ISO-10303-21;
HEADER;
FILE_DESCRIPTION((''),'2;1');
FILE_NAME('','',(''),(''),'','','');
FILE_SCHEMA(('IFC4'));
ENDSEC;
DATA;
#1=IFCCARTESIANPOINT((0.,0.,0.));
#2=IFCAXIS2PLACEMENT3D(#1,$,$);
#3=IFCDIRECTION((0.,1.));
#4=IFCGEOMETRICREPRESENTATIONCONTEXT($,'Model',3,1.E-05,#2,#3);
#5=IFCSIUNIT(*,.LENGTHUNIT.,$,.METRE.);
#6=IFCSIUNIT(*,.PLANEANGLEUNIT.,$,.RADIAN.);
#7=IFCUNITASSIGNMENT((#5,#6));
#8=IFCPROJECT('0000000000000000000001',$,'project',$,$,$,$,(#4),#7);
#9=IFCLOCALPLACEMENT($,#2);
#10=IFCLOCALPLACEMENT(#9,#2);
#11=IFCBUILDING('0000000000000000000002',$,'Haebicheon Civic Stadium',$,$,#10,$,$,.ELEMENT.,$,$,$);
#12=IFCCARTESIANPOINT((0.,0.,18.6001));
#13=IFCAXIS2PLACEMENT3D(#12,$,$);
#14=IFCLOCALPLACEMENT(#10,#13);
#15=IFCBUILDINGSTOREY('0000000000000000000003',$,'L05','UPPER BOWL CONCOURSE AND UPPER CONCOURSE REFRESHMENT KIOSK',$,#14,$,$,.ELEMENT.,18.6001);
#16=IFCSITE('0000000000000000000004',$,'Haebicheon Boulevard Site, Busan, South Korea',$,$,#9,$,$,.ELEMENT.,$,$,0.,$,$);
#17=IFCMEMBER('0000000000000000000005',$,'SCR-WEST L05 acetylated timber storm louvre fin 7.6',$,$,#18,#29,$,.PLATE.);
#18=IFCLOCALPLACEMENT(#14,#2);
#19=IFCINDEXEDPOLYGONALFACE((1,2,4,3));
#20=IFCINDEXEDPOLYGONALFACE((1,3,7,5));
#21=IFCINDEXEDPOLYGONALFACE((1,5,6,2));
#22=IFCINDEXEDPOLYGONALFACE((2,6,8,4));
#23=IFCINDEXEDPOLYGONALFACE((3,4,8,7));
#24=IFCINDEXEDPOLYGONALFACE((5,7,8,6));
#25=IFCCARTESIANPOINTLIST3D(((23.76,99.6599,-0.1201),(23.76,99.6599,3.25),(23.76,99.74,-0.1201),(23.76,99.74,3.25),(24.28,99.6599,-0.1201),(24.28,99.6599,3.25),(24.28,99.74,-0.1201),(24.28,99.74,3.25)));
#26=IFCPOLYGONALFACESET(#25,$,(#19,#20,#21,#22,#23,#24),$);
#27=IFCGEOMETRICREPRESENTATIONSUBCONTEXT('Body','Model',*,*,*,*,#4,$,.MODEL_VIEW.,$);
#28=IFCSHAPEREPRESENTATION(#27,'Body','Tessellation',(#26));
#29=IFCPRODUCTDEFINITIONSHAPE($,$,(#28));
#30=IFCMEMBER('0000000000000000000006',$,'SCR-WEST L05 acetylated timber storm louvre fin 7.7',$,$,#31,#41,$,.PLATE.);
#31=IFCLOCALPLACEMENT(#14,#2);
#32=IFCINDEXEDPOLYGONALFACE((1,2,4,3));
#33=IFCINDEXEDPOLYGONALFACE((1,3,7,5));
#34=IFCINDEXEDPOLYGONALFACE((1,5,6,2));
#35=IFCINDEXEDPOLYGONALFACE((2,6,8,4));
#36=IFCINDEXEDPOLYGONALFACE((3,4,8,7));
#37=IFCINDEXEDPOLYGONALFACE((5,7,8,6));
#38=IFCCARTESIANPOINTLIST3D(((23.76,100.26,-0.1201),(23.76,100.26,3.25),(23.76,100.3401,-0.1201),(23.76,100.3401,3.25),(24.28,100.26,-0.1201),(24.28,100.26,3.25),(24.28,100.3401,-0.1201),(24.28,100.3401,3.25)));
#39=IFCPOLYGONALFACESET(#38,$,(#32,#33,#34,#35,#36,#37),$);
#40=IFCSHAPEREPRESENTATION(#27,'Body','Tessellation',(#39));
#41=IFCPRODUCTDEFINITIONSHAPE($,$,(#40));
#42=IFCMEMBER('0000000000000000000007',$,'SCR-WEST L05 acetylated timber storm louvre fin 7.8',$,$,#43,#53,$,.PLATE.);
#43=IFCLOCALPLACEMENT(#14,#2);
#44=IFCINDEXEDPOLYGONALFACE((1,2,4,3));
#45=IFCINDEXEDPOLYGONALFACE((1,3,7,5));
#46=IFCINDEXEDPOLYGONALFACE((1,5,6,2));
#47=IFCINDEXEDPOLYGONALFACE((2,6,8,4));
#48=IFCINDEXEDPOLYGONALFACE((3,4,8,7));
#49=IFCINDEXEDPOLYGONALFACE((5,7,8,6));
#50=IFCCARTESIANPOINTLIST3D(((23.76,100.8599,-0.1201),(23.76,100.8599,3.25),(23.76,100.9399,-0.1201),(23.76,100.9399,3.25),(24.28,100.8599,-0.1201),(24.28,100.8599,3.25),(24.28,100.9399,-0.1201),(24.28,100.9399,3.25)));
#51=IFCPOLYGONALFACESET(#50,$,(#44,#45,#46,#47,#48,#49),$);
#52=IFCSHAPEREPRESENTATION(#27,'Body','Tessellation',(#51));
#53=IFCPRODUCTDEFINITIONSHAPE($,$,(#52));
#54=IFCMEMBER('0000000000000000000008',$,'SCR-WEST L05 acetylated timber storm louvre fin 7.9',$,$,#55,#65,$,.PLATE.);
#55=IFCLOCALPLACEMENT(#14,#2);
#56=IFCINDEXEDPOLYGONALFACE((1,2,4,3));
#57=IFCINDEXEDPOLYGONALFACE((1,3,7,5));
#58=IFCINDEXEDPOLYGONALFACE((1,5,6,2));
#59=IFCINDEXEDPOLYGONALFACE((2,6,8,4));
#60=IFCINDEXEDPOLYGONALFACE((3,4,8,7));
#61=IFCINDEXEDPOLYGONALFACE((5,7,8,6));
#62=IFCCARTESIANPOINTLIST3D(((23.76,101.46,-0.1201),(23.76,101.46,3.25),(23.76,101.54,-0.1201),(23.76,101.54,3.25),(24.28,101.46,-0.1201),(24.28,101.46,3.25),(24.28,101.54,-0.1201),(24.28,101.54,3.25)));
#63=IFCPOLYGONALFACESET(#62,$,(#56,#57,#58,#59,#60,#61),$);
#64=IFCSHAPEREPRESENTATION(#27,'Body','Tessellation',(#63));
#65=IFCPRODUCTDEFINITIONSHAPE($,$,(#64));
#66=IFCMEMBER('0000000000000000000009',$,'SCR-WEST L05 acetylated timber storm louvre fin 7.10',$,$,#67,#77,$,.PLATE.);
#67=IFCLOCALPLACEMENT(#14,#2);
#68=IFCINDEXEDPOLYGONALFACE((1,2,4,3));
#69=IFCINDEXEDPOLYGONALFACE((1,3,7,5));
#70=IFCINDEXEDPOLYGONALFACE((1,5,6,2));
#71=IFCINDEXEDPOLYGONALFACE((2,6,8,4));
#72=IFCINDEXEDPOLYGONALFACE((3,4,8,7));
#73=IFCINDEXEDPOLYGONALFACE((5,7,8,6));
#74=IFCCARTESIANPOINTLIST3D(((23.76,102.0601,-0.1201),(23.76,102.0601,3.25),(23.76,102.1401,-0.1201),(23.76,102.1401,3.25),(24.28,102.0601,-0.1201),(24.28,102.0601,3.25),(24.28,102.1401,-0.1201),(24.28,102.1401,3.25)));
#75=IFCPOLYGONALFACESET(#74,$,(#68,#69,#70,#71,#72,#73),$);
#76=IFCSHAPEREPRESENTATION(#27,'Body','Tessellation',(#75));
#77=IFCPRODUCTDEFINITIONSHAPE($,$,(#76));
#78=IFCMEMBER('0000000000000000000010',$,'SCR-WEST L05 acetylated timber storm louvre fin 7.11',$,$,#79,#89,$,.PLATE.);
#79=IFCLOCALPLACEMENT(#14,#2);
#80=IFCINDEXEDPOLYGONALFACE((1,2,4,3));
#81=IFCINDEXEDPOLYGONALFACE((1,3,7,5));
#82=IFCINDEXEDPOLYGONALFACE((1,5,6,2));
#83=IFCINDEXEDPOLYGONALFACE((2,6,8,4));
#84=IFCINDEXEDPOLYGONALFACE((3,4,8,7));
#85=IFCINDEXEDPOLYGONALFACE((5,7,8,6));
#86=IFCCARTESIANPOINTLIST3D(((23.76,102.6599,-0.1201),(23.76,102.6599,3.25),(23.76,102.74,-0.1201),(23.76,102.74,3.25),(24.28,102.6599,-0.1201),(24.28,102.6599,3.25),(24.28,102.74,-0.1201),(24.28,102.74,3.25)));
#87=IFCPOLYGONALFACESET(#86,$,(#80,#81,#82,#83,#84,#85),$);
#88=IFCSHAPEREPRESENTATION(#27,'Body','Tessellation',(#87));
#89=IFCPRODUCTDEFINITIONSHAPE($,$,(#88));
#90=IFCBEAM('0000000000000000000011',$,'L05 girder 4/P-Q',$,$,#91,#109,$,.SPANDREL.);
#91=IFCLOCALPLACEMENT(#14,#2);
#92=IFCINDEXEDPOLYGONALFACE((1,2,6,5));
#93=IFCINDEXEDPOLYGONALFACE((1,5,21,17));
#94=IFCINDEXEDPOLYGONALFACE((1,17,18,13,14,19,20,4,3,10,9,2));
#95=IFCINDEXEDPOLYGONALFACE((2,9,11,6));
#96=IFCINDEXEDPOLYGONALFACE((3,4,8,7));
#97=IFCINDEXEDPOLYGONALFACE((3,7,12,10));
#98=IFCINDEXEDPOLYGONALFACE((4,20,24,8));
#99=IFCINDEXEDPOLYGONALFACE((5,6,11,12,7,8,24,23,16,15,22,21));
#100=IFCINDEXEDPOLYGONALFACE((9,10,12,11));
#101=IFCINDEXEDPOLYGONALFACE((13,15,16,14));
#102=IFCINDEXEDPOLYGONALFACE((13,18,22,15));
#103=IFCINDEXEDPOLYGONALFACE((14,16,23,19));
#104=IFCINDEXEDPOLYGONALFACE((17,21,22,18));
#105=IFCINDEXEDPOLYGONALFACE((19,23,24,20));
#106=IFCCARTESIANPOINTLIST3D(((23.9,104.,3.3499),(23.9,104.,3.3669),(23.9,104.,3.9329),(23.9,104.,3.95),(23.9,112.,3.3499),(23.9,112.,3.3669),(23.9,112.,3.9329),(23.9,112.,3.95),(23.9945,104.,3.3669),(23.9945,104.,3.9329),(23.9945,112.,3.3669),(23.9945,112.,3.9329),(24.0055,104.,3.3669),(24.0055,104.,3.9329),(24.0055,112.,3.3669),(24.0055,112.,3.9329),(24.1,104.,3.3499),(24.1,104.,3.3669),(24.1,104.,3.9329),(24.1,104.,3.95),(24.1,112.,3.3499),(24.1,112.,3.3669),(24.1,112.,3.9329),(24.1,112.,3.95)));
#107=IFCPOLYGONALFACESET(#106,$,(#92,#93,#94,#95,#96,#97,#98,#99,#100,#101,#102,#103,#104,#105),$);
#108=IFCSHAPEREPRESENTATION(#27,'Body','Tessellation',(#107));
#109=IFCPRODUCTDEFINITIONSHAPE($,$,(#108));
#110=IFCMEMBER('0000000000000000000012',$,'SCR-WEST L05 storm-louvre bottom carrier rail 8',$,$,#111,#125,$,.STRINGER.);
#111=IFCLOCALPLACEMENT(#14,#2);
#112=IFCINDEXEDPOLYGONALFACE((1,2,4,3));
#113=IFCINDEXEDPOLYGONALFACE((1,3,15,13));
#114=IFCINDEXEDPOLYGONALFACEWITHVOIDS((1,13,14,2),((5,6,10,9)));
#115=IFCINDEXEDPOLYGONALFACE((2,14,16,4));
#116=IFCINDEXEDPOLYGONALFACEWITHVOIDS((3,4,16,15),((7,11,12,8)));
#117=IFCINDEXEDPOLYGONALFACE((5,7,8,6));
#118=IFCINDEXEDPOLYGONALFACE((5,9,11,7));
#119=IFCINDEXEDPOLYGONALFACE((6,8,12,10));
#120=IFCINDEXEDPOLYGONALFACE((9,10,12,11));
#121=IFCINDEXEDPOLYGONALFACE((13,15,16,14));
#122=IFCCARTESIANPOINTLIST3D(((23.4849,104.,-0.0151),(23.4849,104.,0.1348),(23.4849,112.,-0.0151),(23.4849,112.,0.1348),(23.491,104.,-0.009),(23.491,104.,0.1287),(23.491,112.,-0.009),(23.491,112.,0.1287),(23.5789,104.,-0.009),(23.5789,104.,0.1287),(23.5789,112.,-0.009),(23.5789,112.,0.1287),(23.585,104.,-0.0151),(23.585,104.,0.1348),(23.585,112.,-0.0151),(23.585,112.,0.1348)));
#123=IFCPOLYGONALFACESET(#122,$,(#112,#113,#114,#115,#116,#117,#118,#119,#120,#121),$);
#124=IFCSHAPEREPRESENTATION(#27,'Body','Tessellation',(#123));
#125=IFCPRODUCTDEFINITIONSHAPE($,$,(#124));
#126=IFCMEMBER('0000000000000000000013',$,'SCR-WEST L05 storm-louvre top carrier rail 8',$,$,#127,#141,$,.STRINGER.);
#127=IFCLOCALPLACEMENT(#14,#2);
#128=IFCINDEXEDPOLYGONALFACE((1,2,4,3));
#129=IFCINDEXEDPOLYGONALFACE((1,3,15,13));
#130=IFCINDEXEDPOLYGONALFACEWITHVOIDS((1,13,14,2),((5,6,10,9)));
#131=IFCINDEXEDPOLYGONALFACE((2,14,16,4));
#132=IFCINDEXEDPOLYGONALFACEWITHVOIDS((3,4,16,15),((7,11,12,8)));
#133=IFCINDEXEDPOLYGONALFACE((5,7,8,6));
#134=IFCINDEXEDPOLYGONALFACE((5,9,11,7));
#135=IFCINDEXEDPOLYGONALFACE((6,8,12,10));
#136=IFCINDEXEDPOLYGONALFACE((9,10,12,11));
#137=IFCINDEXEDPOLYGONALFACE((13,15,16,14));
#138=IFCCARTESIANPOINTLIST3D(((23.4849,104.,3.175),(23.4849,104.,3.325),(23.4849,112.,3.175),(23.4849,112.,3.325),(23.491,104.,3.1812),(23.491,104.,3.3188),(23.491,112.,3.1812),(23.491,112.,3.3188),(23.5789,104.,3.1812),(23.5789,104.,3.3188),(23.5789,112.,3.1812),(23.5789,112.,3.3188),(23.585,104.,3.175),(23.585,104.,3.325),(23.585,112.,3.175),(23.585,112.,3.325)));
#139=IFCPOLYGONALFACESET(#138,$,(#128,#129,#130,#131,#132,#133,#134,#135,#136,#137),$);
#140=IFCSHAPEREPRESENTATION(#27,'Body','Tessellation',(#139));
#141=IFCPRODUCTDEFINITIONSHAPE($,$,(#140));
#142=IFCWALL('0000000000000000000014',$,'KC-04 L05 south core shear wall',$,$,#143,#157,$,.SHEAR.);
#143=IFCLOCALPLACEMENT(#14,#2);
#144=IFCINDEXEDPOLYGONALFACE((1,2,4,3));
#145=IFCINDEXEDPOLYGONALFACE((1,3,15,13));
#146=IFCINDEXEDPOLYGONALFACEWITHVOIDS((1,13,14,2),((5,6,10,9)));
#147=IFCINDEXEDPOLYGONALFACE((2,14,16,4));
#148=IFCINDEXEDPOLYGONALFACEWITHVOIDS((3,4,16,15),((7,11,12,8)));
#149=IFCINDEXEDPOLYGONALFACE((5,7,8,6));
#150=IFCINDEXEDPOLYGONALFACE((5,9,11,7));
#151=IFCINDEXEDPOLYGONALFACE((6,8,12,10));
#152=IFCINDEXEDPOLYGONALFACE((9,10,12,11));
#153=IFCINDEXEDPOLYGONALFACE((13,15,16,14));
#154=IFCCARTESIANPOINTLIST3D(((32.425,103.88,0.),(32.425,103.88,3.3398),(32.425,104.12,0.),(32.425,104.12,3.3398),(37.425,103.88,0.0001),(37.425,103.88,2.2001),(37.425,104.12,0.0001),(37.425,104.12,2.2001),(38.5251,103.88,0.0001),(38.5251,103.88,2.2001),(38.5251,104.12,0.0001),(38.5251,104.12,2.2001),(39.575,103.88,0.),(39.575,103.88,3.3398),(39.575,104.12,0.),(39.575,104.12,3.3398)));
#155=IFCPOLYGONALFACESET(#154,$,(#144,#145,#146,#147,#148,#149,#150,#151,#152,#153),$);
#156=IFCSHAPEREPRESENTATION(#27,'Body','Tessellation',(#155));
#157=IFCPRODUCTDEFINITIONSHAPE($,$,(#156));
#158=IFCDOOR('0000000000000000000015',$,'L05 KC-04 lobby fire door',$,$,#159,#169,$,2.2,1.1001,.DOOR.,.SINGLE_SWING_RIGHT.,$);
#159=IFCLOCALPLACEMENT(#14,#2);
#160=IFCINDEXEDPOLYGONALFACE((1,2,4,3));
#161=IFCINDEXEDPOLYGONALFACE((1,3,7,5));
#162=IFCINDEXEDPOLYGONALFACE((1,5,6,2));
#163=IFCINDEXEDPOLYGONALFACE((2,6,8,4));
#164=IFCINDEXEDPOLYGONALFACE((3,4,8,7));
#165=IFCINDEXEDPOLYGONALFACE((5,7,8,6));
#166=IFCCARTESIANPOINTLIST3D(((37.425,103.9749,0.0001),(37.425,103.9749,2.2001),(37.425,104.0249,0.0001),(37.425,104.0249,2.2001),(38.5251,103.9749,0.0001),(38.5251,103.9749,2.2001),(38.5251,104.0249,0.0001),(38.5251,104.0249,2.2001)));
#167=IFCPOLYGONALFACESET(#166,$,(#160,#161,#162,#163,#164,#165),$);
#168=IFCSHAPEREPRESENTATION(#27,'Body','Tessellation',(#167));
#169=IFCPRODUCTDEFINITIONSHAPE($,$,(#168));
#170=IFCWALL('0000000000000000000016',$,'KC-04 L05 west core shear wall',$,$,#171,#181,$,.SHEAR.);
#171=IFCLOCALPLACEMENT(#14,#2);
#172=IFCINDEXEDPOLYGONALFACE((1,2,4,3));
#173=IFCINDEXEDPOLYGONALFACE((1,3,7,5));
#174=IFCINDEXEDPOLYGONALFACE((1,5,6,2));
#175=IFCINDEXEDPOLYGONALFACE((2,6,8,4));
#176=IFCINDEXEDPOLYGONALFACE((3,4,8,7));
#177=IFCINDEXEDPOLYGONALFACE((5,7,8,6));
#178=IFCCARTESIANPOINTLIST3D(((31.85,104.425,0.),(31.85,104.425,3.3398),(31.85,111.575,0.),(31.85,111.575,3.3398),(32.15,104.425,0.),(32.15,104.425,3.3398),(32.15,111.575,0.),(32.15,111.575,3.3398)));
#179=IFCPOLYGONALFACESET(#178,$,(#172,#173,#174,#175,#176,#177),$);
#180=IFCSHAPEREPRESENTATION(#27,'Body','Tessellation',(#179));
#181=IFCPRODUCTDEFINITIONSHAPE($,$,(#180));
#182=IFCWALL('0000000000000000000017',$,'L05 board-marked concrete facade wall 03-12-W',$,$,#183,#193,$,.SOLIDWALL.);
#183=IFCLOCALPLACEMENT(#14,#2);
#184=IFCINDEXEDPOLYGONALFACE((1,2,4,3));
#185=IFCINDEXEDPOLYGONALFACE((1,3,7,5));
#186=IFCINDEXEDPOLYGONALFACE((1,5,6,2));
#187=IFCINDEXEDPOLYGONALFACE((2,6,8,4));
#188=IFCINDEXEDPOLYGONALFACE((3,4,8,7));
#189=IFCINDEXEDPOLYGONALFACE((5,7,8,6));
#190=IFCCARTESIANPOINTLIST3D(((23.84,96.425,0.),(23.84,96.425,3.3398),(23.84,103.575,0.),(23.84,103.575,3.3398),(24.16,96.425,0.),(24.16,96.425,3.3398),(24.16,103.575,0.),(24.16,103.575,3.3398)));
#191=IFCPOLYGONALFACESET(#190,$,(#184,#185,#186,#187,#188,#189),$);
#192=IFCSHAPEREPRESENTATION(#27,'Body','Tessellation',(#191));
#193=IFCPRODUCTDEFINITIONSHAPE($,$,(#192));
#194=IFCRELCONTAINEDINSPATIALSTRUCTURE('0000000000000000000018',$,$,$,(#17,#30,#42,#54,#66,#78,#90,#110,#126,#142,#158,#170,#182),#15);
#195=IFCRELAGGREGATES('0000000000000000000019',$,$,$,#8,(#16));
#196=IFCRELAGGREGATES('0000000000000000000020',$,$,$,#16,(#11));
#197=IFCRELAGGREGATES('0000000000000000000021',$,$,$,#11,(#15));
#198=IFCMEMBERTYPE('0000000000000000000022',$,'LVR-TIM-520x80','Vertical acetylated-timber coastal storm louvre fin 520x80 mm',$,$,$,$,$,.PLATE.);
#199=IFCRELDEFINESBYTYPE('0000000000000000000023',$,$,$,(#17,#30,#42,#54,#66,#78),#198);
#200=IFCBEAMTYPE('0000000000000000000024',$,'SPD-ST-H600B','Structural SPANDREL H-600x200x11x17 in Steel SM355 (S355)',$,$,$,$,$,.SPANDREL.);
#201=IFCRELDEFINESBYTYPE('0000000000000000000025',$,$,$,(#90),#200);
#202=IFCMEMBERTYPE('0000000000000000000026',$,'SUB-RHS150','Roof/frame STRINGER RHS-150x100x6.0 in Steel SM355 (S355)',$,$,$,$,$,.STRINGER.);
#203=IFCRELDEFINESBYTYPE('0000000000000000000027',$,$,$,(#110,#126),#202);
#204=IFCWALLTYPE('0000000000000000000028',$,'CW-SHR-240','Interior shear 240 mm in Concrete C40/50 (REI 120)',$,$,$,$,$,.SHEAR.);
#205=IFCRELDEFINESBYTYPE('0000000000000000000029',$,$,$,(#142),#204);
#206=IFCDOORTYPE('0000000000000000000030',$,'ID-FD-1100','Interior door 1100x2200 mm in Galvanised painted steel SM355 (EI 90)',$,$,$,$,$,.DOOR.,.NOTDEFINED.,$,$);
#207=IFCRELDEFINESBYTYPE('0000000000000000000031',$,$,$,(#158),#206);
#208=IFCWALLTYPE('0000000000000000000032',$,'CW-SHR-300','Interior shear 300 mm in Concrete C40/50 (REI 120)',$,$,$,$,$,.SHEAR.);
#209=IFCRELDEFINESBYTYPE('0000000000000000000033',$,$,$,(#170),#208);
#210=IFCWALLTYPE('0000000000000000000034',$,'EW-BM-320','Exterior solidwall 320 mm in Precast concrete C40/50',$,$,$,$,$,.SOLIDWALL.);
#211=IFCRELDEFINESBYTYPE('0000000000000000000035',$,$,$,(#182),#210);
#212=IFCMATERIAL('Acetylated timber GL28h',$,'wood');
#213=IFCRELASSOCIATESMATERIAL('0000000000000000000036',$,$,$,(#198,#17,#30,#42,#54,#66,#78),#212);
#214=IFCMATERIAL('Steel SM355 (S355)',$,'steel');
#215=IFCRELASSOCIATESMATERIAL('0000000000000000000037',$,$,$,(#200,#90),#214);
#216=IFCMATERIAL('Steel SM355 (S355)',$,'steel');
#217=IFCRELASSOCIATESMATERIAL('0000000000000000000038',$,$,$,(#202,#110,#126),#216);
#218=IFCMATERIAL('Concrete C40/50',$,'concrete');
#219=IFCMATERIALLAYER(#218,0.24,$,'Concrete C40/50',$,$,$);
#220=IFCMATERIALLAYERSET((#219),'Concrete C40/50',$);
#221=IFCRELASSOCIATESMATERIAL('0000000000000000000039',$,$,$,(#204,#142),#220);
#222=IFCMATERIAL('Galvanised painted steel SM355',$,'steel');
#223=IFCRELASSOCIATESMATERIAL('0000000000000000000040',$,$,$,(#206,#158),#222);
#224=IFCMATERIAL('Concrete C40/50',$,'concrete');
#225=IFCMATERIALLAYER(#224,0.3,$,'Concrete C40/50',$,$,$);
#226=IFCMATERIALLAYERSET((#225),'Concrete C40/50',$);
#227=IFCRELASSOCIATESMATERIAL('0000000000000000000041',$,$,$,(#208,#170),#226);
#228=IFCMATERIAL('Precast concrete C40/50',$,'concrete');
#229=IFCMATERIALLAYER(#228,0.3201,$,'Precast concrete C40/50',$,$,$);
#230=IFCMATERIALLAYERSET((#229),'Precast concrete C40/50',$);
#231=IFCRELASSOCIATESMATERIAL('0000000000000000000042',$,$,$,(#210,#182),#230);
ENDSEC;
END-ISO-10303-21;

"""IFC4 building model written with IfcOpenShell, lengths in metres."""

from ifc_helpers import new_model, si_unit, direction, frame, frame_2d, origin, origin_2d, place, context, subcontext, project, spatial, rectangle, hollow_rectangle, i_section, extrude, material, layer, layer_set, material_profile, profile_set, type_object, element, fill, save


model = new_model("IFC4")

# Units and contexts
model_context = context("Model", 3, precision=1e-05, world=origin(), true_north=direction((0.0, 1.0)))
body_context = subcontext(model_context, "Body", "Model", "MODEL_VIEW")
ifc_project = project(units=[si_unit("LENGTHUNIT", "METRE"), si_unit("PLANEANGLEUNIT", "RADIAN")], contexts=[model_context])

# Site, building, storey
site_placement = place(None, origin())
site = spatial("IfcSite", under=ifc_project, at=site_placement, Name="Haebicheon Boulevard Site, Busan, South Korea", CompositionType="ELEMENT", RefElevation=0.0)
building_placement = place(site_placement, origin())
building = spatial("IfcBuilding", under=site, at=building_placement, Name="Haebicheon Civic Stadium", CompositionType="ELEMENT")
storey_placement = place(building_placement, frame((0.0, 0.0, 18.6001)))
storey = spatial("IfcBuildingStorey", under=building, at=storey_placement, Name="L05", Description="UPPER BOWL CONCOURSE AND UPPER CONCOURSE REFRESHMENT KIOSK", CompositionType="ELEMENT", Elevation=18.6001)

# Members
ifc_material_1 = material(Name="Acetylated timber GL28h", Category="wood")
ifc_material_profile_1 = material_profile(ifc_material_1, rectangle(XDim=0.0801, YDim=0.52, at=origin_2d()), Name="TMB-LOUV-80x520")
ifc_profile_set_1 = profile_set([ifc_material_profile_1], Name="Acetylated timber GL28h")
member_type_1 = type_object("IfcMemberType", Name="LVR-TIM-520x80", Description="Vertical acetylated-timber coastal storm louvre fin 520x80 mm", PredefinedType="PLATE", material=ifc_profile_set_1)
for number, where, z_axis, x_axis, name in (
    (1, (24.02, 99.7, -0.1201), (0.0, 0.0, 1.0), (0.0, 1.0, 0.0), "SCR-WEST L05 acetylated timber storm louvre fin 7.6"),
    (2, (24.02, 100.3, -0.1201), (0.0, 0.0, 1.0), (0.0, 1.0, 0.0), "SCR-WEST L05 acetylated timber storm louvre fin 7.7"),
    (3, (24.02, 100.8999, -0.1201), (0.0, 0.0, 1.0), (0.0, 1.0, 0.0), "SCR-WEST L05 acetylated timber storm louvre fin 7.8"),
    (4, (24.02, 101.5, -0.1201), (0.0, 0.0, 1.0), (0.0, 1.0, 0.0), "SCR-WEST L05 acetylated timber storm louvre fin 7.9"),
    (5, (24.02, 102.1001, -0.1201), (0.0, 0.0, 1.0), (0.0, 1.0, 0.0), "SCR-WEST L05 acetylated timber storm louvre fin 7.10"),
    (6, (24.02, 102.7, -0.1201), (0.0, 0.0, 1.0), (0.0, 1.0, 0.0), "SCR-WEST L05 acetylated timber storm louvre fin 7.11"),
):
    element("IfcMember", number, at=place(storey_placement, frame(where, z_axis=z_axis, x_axis=x_axis)), inside=storey, type_object=member_type_1, material=ifc_profile_set_1, Name=name, PredefinedType="PLATE", context=body_context, shape_type="SweptSolid", body=[
        extrude(rectangle(XDim=0.0801, YDim=0.52, at=origin_2d()), origin(), (0.0, 0.0, 1.0), 3.3701),
    ])

# Beam
ifc_material_2 = material(Name="Steel SM355 (S355)", Category="steel")
ifc_material_profile_2 = material_profile(ifc_material_2, i_section(OverallWidth=0.2, OverallDepth=0.6001, WebThickness=0.011, FlangeThickness=0.0171, at=origin_2d()), Name="H-600x200x11x17")
ifc_profile_set_2 = profile_set([ifc_material_profile_2], Name="Steel SM355 (S355)")
beam_type_1 = type_object("IfcBeamType", Name="SPD-ST-H600B", Description="Structural SPANDREL H-600x200x11x17 in Steel SM355 (S355)", PredefinedType="SPANDREL", material=ifc_profile_set_2)
beam_1_placement = place(storey_placement, frame((24.0, 104.0, 3.6499), z_axis=(0.0, 1.0, 0.0), x_axis=(-1.0, 0.0, 0.0)))
element("IfcBeam", 7, at=beam_1_placement, inside=storey, type_object=beam_type_1, material=ifc_profile_set_2, Name="L05 girder 4/P-Q", PredefinedType="SPANDREL", context=body_context, shape_type="SweptSolid", body=[
    extrude(i_section(OverallWidth=0.2, OverallDepth=0.6001, WebThickness=0.011, FlangeThickness=0.0171, at=origin_2d()), origin(), (0.0, 0.0, 1.0), 8.0),
])

# Members
ifc_material_3 = material(Name="Steel SM355 (S355)", Category="steel")
ifc_material_profile_3 = material_profile(ifc_material_3, hollow_rectangle(XDim=0.1001, YDim=0.1499, WallThickness=0.0061, at=origin_2d()), Name="RHS-150x100x6.0")
ifc_profile_set_3 = profile_set([ifc_material_profile_3], Name="Steel SM355 (S355)")
member_type_2 = type_object("IfcMemberType", Name="SUB-RHS150", Description="Roof/frame STRINGER RHS-150x100x6.0 in Steel SM355 (S355)", PredefinedType="STRINGER", material=ifc_profile_set_3)
for number, where, z_axis, x_axis, name in (
    (8, (23.5349, 104.0, 0.0598), (0.0, 1.0, 0.0), (-1.0, 0.0, 0.0), "SCR-WEST L05 storm-louvre bottom carrier rail 8"),
    (9, (23.5349, 104.0, 3.25), (0.0, 1.0, 0.0), (-1.0, 0.0, 0.0), "SCR-WEST L05 storm-louvre top carrier rail 8"),
):
    element("IfcMember", number, at=place(storey_placement, frame(where, z_axis=z_axis, x_axis=x_axis)), inside=storey, type_object=member_type_2, material=ifc_profile_set_3, Name=name, PredefinedType="STRINGER", context=body_context, shape_type="SweptSolid", body=[
        extrude(hollow_rectangle(XDim=0.1001, YDim=0.1499, WallThickness=0.0061, at=origin_2d()), origin(), (0.0, 0.0, 1.0), 8.0),
    ])

# Wall, opening, door
ifc_material_4 = material(Name="Concrete C40/50", Category="concrete")
ifc_layer_1 = layer(ifc_material_4, 0.24, Name="Concrete C40/50")
ifc_layer_set_1 = layer_set([ifc_layer_1], Name="Concrete C40/50")
wall_type_1 = type_object("IfcWallType", Name="CW-SHR-240", Description="Interior shear 240 mm in Concrete C40/50 (REI 120)", PredefinedType="SHEAR", material=ifc_layer_set_1)
wall_1_placement = place(storey_placement, frame((32.425, 104.0, 0.0), z_axis=(0.0, 0.0, 1.0), x_axis=(1.0, 0.0, 0.0)))
wall_1 = element("IfcWall", 10, at=wall_1_placement, inside=storey, type_object=wall_type_1, material=ifc_layer_set_1, Name="KC-04 L05 south core shear wall", PredefinedType="SHEAR", context=body_context, shape_type="SweptSolid", body=[
    extrude(rectangle(XDim=7.1499, YDim=0.24, at=frame_2d((3.575, 0.0))), origin(), (0.0, 0.0, 1.0), 3.3398),
])
opening_1_placement = place(wall_1_placement, frame((5.0, 0.0, 0.0)))
opening_1 = element("IfcOpeningElement", 11, at=opening_1_placement, cuts=wall_1, PredefinedType="OPENING", context=body_context, shape_type="SweptSolid", body=[
    extrude(rectangle(XDim=1.1001, YDim=2.2, at=frame_2d((0.55, 1.1001))), frame((0.0, 0.1299, 0.0), z_axis=(0.0, -1.0, 0.0), x_axis=(1.0, 0.0, 0.0)), (0.0, 0.0, 1.0), 0.26),
])
ifc_material_5 = material(Name="Galvanised painted steel SM355", Category="steel")
door_type_1 = type_object("IfcDoorType", Name="ID-FD-1100", Description="Interior door 1100x2200 mm in Galvanised painted steel SM355 (EI 90)", OperationType="NOTDEFINED", PredefinedType="DOOR", material=ifc_material_5)
door_1_placement = place(opening_1_placement, origin())
door_1 = element("IfcDoor", 12, at=door_1_placement, inside=storey, type_object=door_type_1, material=ifc_material_5, Name="L05 KC-04 lobby fire door", OperationType="SINGLE_SWING_RIGHT", OverallHeight=2.2, OverallWidth=1.1001, PredefinedType="DOOR", context=body_context, shape_type="SweptSolid", body=[
    extrude(rectangle(XDim=1.1001, YDim=2.2, at=frame_2d((0.55, 1.1001))), frame((0.0, 0.0249, 0.0), z_axis=(0.0, -1.0, 0.0), x_axis=(1.0, 0.0, 0.0)), (0.0, 0.0, 1.0), 0.05),
])
fill(opening_1, door_1)

# Walls
ifc_material_6 = material(Name="Concrete C40/50", Category="concrete")
ifc_layer_2 = layer(ifc_material_6, 0.3, Name="Concrete C40/50")
ifc_layer_set_2 = layer_set([ifc_layer_2], Name="Concrete C40/50")
wall_type_2 = type_object("IfcWallType", Name="CW-SHR-300", Description="Interior shear 300 mm in Concrete C40/50 (REI 120)", PredefinedType="SHEAR", material=ifc_layer_set_2)
wall_2_placement = place(storey_placement, frame((32.0, 104.425, 0.0), z_axis=(0.0, 0.0, 1.0), x_axis=(0.0, 1.0, 0.0)))
element("IfcWall", 13, at=wall_2_placement, inside=storey, type_object=wall_type_2, material=ifc_layer_set_2, Name="KC-04 L05 west core shear wall", PredefinedType="SHEAR", context=body_context, shape_type="SweptSolid", body=[
    extrude(rectangle(XDim=7.1499, YDim=0.3, at=frame_2d((3.575, 0.0))), origin(), (0.0, 0.0, 1.0), 3.3398),
])
ifc_material_7 = material(Name="Precast concrete C40/50", Category="concrete")
ifc_layer_3 = layer(ifc_material_7, 0.3201, Name="Precast concrete C40/50")
ifc_layer_set_3 = layer_set([ifc_layer_3], Name="Precast concrete C40/50")
wall_type_3 = type_object("IfcWallType", Name="EW-BM-320", Description="Exterior solidwall 320 mm in Precast concrete C40/50", PredefinedType="SOLIDWALL", material=ifc_layer_set_3)
for number, where, z_axis, x_axis, name in (
    (14, (24.0, 96.425, 0.0), (0.0, 0.0, 1.0), (0.0, 1.0, 0.0), "L05 board-marked concrete facade wall 03-12-W"),
):
    element("IfcWall", number, at=place(storey_placement, frame(where, z_axis=z_axis, x_axis=x_axis)), inside=storey, type_object=wall_type_3, material=ifc_layer_set_3, Name=name, PredefinedType="SOLIDWALL", context=body_context, shape_type="SweptSolid", body=[
        extrude(rectangle(XDim=7.1499, YDim=0.3201, at=frame_2d((3.575, 0.0))), origin(), (0.0, 0.0, 1.0), 3.3398),
    ])

save(model, "model.ifc")
